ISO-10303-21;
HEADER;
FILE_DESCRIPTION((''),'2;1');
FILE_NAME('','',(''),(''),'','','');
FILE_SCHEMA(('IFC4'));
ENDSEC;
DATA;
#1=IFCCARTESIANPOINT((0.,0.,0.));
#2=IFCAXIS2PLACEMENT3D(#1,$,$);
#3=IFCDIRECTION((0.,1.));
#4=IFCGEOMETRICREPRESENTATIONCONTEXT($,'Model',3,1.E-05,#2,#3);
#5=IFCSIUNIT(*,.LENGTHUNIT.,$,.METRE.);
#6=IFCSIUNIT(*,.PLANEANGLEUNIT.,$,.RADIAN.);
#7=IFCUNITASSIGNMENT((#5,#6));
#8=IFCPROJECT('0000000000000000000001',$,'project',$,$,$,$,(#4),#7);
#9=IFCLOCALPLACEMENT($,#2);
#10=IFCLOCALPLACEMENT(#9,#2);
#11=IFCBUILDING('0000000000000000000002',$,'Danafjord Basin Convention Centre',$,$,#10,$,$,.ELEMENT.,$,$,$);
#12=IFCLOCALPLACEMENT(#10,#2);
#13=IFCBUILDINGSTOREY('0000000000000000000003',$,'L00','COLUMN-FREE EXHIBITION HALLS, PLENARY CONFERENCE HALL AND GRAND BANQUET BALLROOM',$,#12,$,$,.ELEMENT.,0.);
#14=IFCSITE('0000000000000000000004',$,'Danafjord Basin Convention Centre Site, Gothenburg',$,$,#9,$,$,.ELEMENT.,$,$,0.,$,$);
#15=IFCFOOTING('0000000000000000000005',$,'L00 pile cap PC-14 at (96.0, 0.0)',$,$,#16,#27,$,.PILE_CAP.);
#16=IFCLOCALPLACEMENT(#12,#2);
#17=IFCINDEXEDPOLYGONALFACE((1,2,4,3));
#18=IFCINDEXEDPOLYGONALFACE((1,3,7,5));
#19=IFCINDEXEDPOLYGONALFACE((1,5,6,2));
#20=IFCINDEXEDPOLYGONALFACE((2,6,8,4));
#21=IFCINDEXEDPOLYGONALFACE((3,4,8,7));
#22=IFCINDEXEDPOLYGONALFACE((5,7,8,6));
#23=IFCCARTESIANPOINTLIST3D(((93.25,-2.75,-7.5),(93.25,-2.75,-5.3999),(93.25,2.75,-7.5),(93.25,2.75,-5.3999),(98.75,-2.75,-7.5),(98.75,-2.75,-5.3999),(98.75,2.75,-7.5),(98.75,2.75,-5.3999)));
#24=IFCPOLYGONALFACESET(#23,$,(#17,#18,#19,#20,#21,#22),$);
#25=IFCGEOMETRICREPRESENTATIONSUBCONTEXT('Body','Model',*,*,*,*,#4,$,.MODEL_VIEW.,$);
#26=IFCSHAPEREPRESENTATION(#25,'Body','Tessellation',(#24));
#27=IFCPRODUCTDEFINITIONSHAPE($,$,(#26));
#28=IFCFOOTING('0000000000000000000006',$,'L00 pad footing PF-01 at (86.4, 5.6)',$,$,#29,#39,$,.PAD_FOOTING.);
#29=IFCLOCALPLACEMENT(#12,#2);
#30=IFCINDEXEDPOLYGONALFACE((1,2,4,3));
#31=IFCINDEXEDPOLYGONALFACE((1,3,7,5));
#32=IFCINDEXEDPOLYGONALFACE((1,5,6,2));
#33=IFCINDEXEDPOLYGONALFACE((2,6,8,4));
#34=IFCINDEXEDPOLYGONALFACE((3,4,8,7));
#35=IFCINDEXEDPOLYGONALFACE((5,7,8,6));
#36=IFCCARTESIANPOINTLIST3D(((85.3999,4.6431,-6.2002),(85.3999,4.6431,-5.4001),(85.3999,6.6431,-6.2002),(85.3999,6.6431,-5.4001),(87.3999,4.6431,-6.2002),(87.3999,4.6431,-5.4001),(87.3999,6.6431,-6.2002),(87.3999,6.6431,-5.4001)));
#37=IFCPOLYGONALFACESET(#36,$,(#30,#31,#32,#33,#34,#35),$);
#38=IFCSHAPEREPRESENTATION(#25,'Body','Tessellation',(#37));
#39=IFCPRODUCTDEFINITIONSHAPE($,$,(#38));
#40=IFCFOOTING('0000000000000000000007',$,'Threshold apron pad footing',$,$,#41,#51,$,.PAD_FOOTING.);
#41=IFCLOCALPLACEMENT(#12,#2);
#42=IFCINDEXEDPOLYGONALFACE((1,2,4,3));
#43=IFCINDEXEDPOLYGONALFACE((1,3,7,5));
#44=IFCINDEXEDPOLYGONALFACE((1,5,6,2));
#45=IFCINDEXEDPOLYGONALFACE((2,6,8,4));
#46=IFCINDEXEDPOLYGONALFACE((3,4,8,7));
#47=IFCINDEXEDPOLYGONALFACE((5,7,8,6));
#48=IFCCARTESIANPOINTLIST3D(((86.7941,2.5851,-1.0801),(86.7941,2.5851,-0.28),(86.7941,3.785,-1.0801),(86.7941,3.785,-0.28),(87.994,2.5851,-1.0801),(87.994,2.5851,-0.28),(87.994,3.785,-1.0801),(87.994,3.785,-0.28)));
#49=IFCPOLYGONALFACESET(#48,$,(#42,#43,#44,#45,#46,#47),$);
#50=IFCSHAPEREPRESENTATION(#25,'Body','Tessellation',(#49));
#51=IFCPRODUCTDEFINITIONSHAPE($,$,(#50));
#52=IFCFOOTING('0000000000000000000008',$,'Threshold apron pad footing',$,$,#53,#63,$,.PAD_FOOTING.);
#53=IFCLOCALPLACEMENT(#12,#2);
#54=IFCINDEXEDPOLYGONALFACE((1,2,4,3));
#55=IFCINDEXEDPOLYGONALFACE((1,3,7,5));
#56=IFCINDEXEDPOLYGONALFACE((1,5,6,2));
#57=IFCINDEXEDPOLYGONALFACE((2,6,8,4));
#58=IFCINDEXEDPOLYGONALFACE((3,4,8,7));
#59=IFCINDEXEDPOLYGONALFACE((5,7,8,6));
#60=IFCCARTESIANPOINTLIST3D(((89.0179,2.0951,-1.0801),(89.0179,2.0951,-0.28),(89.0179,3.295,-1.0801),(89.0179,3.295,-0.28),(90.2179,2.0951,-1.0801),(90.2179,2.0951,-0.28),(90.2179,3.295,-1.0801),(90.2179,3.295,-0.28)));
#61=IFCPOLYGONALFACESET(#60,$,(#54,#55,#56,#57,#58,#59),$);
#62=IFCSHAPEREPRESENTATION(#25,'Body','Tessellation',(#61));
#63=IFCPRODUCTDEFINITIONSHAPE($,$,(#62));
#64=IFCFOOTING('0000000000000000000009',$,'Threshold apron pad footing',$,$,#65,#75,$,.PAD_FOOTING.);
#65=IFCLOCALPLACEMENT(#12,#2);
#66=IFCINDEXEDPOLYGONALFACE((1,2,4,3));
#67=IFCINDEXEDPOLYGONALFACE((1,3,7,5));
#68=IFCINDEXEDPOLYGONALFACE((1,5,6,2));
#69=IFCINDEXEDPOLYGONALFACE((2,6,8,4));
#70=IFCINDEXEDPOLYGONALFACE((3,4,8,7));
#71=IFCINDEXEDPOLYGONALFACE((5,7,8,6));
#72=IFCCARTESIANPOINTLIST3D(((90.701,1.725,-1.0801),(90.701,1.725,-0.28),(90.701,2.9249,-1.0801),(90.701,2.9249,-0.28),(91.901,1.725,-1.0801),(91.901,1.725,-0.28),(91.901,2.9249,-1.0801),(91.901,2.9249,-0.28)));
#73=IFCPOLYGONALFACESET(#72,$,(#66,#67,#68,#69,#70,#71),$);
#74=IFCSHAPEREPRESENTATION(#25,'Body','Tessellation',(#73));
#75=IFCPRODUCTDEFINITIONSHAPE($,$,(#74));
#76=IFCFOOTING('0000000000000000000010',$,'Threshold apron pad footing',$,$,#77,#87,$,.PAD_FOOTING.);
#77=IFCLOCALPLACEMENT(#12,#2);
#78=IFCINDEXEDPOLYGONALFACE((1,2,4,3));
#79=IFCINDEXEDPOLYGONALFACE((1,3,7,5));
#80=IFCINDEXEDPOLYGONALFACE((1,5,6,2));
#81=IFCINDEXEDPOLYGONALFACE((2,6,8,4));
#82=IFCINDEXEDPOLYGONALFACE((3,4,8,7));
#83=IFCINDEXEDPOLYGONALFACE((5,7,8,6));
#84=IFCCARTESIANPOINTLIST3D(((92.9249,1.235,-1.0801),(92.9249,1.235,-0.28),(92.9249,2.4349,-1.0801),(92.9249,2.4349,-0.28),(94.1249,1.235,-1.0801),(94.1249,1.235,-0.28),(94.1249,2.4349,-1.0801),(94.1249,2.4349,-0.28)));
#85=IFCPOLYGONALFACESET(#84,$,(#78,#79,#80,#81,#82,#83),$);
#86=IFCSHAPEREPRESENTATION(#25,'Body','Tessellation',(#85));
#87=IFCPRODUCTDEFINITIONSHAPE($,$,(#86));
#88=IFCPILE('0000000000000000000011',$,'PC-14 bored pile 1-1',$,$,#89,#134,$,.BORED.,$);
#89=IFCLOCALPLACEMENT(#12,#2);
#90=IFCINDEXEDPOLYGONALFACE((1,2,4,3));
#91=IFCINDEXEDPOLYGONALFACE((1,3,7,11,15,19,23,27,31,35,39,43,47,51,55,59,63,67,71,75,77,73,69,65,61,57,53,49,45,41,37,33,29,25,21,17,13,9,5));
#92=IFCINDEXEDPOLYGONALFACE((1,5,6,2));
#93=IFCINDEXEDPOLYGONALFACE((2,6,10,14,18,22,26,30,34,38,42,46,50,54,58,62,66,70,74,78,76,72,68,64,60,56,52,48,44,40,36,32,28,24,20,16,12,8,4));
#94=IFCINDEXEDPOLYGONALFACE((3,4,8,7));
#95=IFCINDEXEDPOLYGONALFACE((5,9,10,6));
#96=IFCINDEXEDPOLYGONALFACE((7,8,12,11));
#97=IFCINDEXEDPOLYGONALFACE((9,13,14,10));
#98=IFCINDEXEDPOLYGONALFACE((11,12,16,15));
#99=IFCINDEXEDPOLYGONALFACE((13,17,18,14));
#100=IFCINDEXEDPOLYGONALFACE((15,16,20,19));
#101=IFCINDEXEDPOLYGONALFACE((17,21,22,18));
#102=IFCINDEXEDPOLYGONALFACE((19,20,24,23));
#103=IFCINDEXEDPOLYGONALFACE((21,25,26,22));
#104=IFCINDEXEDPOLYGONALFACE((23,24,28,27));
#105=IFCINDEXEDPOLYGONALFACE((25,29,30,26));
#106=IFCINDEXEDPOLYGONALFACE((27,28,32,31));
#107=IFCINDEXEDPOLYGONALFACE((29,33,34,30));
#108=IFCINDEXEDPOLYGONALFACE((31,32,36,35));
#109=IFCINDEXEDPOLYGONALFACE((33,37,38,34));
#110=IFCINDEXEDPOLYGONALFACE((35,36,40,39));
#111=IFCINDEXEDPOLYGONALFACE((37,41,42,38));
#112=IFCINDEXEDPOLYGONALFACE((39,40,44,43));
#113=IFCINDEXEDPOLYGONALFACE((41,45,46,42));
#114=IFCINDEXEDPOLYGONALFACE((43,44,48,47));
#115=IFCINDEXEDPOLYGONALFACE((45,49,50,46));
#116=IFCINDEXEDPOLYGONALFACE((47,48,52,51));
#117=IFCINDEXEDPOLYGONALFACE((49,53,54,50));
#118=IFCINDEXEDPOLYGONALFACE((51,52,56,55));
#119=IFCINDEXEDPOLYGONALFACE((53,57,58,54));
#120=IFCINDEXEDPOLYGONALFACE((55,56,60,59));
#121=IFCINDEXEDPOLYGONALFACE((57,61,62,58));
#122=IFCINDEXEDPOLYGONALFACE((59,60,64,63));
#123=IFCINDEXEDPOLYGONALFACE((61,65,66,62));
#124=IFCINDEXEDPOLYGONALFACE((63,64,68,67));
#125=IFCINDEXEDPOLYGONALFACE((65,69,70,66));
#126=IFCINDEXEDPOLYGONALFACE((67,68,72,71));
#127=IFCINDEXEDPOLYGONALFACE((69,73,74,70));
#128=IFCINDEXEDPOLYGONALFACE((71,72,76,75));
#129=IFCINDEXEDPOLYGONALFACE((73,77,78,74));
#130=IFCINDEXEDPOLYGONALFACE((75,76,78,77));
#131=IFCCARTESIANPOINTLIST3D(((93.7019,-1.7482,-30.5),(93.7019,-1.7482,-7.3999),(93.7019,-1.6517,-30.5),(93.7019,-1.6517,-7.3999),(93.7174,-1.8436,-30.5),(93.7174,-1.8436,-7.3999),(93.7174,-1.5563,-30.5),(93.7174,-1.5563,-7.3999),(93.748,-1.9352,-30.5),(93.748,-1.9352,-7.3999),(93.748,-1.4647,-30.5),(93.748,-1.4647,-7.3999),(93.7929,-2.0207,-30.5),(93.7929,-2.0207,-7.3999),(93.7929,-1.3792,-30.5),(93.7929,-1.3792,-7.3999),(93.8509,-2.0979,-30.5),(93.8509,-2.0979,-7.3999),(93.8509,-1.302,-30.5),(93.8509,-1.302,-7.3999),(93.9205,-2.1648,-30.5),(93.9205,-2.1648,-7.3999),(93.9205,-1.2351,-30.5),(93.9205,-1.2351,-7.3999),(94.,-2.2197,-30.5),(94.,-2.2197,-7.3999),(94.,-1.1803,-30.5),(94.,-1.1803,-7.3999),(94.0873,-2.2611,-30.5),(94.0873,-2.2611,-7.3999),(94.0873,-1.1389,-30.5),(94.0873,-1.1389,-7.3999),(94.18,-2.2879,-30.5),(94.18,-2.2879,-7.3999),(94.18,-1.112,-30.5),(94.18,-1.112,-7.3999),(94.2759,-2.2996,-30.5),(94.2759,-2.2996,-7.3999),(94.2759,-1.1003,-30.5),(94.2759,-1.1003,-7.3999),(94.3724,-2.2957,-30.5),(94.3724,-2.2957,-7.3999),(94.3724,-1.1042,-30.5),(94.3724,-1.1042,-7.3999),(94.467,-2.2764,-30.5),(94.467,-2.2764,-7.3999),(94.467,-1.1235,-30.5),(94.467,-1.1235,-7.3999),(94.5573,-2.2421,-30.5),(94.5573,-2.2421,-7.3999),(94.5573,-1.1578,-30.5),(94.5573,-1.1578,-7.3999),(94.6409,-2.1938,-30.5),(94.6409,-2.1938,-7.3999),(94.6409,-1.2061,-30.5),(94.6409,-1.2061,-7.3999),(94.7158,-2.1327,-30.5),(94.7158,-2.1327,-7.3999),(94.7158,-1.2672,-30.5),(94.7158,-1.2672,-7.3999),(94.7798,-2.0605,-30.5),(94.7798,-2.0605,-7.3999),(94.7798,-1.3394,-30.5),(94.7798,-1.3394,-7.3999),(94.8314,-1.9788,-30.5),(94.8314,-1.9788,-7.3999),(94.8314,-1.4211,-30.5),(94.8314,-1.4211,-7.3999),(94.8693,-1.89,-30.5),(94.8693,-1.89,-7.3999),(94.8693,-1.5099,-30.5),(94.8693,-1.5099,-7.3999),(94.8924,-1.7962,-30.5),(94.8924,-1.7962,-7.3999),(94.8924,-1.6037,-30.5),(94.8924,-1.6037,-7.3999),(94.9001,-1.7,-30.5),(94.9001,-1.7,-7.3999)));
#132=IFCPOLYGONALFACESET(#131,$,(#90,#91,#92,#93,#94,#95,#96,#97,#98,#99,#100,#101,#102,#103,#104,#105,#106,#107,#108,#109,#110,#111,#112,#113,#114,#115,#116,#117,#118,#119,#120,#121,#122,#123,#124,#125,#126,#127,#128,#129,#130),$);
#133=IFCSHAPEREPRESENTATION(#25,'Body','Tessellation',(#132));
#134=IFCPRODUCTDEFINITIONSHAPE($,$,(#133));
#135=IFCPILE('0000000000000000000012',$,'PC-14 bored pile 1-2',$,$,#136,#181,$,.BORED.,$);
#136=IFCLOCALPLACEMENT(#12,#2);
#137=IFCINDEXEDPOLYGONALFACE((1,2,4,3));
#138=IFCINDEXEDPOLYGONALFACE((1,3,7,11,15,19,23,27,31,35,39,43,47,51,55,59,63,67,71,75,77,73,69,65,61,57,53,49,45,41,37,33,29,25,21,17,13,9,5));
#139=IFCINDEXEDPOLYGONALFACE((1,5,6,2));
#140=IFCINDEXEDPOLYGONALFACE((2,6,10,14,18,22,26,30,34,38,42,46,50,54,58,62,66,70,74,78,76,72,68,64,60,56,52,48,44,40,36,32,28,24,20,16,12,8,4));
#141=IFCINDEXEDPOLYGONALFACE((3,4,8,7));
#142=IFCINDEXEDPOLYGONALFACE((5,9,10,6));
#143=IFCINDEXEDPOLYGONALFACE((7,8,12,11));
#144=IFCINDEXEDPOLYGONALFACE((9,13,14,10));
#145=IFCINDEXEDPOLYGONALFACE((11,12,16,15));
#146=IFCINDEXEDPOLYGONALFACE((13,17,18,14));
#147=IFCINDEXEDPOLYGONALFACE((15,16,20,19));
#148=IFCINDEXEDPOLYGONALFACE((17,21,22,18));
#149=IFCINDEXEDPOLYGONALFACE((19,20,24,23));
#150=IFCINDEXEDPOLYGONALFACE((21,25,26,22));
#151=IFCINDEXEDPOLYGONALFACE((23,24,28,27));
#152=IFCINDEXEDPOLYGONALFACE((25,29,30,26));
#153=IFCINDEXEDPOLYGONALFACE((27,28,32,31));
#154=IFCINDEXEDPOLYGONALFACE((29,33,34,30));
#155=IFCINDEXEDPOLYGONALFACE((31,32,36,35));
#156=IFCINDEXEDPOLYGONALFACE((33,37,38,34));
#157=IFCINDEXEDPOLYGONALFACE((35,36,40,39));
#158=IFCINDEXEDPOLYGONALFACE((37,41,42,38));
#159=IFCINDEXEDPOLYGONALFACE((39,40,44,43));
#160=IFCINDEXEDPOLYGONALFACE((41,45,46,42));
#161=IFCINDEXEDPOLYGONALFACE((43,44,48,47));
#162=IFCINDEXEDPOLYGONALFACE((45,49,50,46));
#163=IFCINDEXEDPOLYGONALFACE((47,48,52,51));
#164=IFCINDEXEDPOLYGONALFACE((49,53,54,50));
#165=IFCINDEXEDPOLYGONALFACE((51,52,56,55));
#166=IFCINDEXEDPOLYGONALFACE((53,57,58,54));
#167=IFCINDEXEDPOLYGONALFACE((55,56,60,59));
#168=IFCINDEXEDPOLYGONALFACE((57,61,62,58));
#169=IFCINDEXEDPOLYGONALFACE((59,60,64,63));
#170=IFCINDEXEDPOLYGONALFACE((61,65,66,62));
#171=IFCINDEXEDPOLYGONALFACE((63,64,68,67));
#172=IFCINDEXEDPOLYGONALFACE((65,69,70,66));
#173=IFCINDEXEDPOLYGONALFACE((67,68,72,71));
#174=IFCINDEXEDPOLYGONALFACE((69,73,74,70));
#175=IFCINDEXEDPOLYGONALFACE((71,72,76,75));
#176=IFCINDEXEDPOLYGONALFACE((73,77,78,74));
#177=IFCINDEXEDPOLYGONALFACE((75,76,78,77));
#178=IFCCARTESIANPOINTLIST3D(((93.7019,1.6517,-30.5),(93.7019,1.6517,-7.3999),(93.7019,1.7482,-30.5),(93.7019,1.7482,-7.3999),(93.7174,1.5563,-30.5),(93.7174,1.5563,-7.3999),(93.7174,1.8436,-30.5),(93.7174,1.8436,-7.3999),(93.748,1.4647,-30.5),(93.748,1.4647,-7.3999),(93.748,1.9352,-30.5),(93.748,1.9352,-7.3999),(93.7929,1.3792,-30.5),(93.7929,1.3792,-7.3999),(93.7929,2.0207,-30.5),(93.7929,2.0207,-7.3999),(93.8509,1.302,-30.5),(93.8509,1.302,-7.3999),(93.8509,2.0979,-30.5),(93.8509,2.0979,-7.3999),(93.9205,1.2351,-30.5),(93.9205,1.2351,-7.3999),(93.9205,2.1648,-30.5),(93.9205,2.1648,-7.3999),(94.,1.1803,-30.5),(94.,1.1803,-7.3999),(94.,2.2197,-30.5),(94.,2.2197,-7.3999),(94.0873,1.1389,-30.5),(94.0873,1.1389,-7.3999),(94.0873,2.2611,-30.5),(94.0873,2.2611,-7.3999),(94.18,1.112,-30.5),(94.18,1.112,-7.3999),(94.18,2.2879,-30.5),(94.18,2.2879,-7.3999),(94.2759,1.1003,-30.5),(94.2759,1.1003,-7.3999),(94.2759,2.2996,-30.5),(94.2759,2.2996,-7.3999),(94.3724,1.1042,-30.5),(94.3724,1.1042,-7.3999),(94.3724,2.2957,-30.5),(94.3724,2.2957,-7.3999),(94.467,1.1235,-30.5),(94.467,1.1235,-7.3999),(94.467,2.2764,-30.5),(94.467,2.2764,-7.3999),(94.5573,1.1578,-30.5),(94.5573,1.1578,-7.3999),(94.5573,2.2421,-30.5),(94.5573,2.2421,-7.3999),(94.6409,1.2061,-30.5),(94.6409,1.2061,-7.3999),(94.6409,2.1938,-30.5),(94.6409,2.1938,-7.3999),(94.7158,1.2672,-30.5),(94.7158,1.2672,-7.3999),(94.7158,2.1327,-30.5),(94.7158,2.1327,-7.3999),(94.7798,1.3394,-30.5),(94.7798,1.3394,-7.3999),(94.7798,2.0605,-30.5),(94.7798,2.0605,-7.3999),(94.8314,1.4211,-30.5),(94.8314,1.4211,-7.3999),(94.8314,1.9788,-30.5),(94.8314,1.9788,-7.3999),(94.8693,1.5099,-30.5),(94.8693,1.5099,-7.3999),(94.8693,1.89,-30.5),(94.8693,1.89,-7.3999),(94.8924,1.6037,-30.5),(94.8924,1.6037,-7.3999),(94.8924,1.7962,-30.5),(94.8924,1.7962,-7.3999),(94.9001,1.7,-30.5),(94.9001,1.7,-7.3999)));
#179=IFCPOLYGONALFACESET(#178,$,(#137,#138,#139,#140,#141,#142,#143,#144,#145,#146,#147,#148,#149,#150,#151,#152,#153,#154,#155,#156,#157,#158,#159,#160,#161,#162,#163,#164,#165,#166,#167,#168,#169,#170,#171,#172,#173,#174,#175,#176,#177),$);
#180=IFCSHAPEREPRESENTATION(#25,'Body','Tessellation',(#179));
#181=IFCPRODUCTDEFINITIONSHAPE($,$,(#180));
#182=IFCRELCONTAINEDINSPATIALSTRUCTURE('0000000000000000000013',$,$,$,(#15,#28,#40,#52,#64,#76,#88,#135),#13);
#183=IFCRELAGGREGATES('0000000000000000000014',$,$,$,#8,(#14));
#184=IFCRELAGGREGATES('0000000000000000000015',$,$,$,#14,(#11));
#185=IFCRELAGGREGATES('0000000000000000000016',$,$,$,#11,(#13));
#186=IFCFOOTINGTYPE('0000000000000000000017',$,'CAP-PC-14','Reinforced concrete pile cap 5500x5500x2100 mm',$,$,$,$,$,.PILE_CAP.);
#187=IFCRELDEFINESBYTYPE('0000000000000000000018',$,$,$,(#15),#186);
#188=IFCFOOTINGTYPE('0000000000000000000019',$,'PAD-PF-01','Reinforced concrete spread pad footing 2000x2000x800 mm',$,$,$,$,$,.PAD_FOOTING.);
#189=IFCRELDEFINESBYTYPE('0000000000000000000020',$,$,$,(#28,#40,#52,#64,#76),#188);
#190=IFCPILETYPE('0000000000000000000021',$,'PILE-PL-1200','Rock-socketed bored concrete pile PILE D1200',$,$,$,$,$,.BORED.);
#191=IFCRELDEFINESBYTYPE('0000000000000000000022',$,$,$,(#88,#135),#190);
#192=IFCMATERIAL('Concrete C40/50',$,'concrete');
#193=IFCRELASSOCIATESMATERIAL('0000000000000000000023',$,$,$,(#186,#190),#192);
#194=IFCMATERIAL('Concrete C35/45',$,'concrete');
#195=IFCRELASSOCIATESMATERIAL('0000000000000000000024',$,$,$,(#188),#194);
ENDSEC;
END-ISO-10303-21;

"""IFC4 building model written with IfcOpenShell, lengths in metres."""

from ifc_helpers import new_model, si_unit, direction, frame, origin, origin_2d, place, context, subcontext, project, spatial, rectangle, circle, extrude, material, material_profile, profile_set, type_object, element, save


model = new_model("IFC4")

# Units and contexts
model_context = context("Model", 3, precision=1e-05, world=origin(), true_north=direction((0.0, 1.0)))
body_context = subcontext(model_context, "Body", "Model", "MODEL_VIEW")
ifc_project = project(units=[si_unit("LENGTHUNIT", "METRE"), si_unit("PLANEANGLEUNIT", "RADIAN")], contexts=[model_context])

# Site, building, storey
site_placement = place(None, origin())
site = spatial("IfcSite", under=ifc_project, at=site_placement, Name="Danafjord Basin Convention Centre Site, Gothenburg", CompositionType="ELEMENT", RefElevation=0.0)
building_placement = place(site_placement, origin())
building = spatial("IfcBuilding", under=site, at=building_placement, Name="Danafjord Basin Convention Centre", CompositionType="ELEMENT")
storey_placement = place(building_placement, origin())
storey = spatial("IfcBuildingStorey", under=building, at=storey_placement, Name="L00", Description="COLUMN-FREE EXHIBITION HALLS, PLENARY CONFERENCE HALL AND GRAND BANQUET BALLROOM", CompositionType="ELEMENT", Elevation=0.0)

# Footings
ifc_material_1 = material(Name="Concrete C40/50", Category="concrete")
footing_type_1 = type_object("IfcFootingType", Name="CAP-PC-14", Description="Reinforced concrete pile cap 5500x5500x2100 mm", PredefinedType="PILE_CAP", material=ifc_material_1)
footing_1_placement = place(storey_placement, frame((96.0, 0.0, -7.5), z_axis=(0.0, 0.0, 1.0), x_axis=(1.0, 0.0, 0.0)))
element("IfcFooting", 1, at=footing_1_placement, inside=storey, type_object=footing_type_1, Name="L00 pile cap PC-14 at (96.0, 0.0)", PredefinedType="PILE_CAP", context=body_context, shape_type="SweptSolid", body=[
    extrude(rectangle(XDim=5.5, YDim=5.5, at=origin_2d()), origin(), (0.0, 0.0, 1.0), 2.1001),
])
ifc_material_2 = material(Name="Concrete C35/45", Category="concrete")
footing_type_2 = type_object("IfcFootingType", Name="PAD-PF-01", Description="Reinforced concrete spread pad footing 2000x2000x800 mm", PredefinedType="PAD_FOOTING", material=ifc_material_2)
footing_2_placement = place(storey_placement, frame((86.3999, 5.6431, -6.2002), z_axis=(0.0, 0.0, 1.0), x_axis=(1.0, 0.0, 0.0)))
element("IfcFooting", 2, at=footing_2_placement, inside=storey, type_object=footing_type_2, Name="L00 pad footing PF-01 at (86.4, 5.6)", PredefinedType="PAD_FOOTING", context=body_context, shape_type="SweptSolid", body=[
    extrude(rectangle(XDim=2.0, YDim=2.0, at=origin_2d()), origin(), (0.0, 0.0, 1.0), 0.8),
])
for number, where, z_axis, x_axis, name in (
    (3, (87.394, 3.1851, -1.0801), (0.0, 0.0, 1.0), (1.0, 0.0, 0.0), "Threshold apron pad footing"),
    (4, (89.6179, 2.6951, -1.0801), (0.0, 0.0, 1.0), (1.0, 0.0, 0.0), "Threshold apron pad footing"),
    (5, (91.301, 2.325, -1.0801), (0.0, 0.0, 1.0), (1.0, 0.0, 0.0), "Threshold apron pad footing"),
    (6, (93.5249, 1.835, -1.0801), (0.0, 0.0, 1.0), (1.0, 0.0, 0.0), "Threshold apron pad footing"),
):
    element("IfcFooting", number, at=place(storey_placement, frame(where, z_axis=z_axis, x_axis=x_axis)), inside=storey, type_object=footing_type_2, Name=name, PredefinedType="PAD_FOOTING", context=body_context, shape_type="SweptSolid", body=[
        extrude(rectangle(XDim=1.2, YDim=1.2, at=origin_2d()), origin(), (0.0, 0.0, 1.0), 0.8),
    ])

# Piles
ifc_material_profile_1 = material_profile(ifc_material_1, circle(Radius=0.6001, at=origin_2d()), Name="PILE D1200")
ifc_profile_set_1 = profile_set([ifc_material_profile_1], Name="Concrete C40/50")
pile_type = type_object("IfcPileType", Name="PILE-PL-1200", Description="Rock-socketed bored concrete pile PILE D1200", PredefinedType="BORED", material=ifc_profile_set_1)
for number, where, z_axis, x_axis, name in (
    (7, (94.3, -1.7, -7.3999), (0.0, 0.0, -1.0), (1.0, 0.0, 0.0), "PC-14 bored pile 1-1"),
    (8, (94.3, 1.7, -7.3999), (0.0, 0.0, -1.0), (1.0, 0.0, 0.0), "PC-14 bored pile 1-2"),
):
    element("IfcPile", number, at=place(storey_placement, frame(where, z_axis=z_axis, x_axis=x_axis)), inside=storey, type_object=pile_type, Name=name, PredefinedType="BORED", context=body_context, shape_type="SweptSolid", body=[
        extrude(circle(Radius=0.6001, at=origin_2d()), origin(), (0.0, 0.0, 1.0), 23.1001),
    ])

save(model, "model.ifc")
